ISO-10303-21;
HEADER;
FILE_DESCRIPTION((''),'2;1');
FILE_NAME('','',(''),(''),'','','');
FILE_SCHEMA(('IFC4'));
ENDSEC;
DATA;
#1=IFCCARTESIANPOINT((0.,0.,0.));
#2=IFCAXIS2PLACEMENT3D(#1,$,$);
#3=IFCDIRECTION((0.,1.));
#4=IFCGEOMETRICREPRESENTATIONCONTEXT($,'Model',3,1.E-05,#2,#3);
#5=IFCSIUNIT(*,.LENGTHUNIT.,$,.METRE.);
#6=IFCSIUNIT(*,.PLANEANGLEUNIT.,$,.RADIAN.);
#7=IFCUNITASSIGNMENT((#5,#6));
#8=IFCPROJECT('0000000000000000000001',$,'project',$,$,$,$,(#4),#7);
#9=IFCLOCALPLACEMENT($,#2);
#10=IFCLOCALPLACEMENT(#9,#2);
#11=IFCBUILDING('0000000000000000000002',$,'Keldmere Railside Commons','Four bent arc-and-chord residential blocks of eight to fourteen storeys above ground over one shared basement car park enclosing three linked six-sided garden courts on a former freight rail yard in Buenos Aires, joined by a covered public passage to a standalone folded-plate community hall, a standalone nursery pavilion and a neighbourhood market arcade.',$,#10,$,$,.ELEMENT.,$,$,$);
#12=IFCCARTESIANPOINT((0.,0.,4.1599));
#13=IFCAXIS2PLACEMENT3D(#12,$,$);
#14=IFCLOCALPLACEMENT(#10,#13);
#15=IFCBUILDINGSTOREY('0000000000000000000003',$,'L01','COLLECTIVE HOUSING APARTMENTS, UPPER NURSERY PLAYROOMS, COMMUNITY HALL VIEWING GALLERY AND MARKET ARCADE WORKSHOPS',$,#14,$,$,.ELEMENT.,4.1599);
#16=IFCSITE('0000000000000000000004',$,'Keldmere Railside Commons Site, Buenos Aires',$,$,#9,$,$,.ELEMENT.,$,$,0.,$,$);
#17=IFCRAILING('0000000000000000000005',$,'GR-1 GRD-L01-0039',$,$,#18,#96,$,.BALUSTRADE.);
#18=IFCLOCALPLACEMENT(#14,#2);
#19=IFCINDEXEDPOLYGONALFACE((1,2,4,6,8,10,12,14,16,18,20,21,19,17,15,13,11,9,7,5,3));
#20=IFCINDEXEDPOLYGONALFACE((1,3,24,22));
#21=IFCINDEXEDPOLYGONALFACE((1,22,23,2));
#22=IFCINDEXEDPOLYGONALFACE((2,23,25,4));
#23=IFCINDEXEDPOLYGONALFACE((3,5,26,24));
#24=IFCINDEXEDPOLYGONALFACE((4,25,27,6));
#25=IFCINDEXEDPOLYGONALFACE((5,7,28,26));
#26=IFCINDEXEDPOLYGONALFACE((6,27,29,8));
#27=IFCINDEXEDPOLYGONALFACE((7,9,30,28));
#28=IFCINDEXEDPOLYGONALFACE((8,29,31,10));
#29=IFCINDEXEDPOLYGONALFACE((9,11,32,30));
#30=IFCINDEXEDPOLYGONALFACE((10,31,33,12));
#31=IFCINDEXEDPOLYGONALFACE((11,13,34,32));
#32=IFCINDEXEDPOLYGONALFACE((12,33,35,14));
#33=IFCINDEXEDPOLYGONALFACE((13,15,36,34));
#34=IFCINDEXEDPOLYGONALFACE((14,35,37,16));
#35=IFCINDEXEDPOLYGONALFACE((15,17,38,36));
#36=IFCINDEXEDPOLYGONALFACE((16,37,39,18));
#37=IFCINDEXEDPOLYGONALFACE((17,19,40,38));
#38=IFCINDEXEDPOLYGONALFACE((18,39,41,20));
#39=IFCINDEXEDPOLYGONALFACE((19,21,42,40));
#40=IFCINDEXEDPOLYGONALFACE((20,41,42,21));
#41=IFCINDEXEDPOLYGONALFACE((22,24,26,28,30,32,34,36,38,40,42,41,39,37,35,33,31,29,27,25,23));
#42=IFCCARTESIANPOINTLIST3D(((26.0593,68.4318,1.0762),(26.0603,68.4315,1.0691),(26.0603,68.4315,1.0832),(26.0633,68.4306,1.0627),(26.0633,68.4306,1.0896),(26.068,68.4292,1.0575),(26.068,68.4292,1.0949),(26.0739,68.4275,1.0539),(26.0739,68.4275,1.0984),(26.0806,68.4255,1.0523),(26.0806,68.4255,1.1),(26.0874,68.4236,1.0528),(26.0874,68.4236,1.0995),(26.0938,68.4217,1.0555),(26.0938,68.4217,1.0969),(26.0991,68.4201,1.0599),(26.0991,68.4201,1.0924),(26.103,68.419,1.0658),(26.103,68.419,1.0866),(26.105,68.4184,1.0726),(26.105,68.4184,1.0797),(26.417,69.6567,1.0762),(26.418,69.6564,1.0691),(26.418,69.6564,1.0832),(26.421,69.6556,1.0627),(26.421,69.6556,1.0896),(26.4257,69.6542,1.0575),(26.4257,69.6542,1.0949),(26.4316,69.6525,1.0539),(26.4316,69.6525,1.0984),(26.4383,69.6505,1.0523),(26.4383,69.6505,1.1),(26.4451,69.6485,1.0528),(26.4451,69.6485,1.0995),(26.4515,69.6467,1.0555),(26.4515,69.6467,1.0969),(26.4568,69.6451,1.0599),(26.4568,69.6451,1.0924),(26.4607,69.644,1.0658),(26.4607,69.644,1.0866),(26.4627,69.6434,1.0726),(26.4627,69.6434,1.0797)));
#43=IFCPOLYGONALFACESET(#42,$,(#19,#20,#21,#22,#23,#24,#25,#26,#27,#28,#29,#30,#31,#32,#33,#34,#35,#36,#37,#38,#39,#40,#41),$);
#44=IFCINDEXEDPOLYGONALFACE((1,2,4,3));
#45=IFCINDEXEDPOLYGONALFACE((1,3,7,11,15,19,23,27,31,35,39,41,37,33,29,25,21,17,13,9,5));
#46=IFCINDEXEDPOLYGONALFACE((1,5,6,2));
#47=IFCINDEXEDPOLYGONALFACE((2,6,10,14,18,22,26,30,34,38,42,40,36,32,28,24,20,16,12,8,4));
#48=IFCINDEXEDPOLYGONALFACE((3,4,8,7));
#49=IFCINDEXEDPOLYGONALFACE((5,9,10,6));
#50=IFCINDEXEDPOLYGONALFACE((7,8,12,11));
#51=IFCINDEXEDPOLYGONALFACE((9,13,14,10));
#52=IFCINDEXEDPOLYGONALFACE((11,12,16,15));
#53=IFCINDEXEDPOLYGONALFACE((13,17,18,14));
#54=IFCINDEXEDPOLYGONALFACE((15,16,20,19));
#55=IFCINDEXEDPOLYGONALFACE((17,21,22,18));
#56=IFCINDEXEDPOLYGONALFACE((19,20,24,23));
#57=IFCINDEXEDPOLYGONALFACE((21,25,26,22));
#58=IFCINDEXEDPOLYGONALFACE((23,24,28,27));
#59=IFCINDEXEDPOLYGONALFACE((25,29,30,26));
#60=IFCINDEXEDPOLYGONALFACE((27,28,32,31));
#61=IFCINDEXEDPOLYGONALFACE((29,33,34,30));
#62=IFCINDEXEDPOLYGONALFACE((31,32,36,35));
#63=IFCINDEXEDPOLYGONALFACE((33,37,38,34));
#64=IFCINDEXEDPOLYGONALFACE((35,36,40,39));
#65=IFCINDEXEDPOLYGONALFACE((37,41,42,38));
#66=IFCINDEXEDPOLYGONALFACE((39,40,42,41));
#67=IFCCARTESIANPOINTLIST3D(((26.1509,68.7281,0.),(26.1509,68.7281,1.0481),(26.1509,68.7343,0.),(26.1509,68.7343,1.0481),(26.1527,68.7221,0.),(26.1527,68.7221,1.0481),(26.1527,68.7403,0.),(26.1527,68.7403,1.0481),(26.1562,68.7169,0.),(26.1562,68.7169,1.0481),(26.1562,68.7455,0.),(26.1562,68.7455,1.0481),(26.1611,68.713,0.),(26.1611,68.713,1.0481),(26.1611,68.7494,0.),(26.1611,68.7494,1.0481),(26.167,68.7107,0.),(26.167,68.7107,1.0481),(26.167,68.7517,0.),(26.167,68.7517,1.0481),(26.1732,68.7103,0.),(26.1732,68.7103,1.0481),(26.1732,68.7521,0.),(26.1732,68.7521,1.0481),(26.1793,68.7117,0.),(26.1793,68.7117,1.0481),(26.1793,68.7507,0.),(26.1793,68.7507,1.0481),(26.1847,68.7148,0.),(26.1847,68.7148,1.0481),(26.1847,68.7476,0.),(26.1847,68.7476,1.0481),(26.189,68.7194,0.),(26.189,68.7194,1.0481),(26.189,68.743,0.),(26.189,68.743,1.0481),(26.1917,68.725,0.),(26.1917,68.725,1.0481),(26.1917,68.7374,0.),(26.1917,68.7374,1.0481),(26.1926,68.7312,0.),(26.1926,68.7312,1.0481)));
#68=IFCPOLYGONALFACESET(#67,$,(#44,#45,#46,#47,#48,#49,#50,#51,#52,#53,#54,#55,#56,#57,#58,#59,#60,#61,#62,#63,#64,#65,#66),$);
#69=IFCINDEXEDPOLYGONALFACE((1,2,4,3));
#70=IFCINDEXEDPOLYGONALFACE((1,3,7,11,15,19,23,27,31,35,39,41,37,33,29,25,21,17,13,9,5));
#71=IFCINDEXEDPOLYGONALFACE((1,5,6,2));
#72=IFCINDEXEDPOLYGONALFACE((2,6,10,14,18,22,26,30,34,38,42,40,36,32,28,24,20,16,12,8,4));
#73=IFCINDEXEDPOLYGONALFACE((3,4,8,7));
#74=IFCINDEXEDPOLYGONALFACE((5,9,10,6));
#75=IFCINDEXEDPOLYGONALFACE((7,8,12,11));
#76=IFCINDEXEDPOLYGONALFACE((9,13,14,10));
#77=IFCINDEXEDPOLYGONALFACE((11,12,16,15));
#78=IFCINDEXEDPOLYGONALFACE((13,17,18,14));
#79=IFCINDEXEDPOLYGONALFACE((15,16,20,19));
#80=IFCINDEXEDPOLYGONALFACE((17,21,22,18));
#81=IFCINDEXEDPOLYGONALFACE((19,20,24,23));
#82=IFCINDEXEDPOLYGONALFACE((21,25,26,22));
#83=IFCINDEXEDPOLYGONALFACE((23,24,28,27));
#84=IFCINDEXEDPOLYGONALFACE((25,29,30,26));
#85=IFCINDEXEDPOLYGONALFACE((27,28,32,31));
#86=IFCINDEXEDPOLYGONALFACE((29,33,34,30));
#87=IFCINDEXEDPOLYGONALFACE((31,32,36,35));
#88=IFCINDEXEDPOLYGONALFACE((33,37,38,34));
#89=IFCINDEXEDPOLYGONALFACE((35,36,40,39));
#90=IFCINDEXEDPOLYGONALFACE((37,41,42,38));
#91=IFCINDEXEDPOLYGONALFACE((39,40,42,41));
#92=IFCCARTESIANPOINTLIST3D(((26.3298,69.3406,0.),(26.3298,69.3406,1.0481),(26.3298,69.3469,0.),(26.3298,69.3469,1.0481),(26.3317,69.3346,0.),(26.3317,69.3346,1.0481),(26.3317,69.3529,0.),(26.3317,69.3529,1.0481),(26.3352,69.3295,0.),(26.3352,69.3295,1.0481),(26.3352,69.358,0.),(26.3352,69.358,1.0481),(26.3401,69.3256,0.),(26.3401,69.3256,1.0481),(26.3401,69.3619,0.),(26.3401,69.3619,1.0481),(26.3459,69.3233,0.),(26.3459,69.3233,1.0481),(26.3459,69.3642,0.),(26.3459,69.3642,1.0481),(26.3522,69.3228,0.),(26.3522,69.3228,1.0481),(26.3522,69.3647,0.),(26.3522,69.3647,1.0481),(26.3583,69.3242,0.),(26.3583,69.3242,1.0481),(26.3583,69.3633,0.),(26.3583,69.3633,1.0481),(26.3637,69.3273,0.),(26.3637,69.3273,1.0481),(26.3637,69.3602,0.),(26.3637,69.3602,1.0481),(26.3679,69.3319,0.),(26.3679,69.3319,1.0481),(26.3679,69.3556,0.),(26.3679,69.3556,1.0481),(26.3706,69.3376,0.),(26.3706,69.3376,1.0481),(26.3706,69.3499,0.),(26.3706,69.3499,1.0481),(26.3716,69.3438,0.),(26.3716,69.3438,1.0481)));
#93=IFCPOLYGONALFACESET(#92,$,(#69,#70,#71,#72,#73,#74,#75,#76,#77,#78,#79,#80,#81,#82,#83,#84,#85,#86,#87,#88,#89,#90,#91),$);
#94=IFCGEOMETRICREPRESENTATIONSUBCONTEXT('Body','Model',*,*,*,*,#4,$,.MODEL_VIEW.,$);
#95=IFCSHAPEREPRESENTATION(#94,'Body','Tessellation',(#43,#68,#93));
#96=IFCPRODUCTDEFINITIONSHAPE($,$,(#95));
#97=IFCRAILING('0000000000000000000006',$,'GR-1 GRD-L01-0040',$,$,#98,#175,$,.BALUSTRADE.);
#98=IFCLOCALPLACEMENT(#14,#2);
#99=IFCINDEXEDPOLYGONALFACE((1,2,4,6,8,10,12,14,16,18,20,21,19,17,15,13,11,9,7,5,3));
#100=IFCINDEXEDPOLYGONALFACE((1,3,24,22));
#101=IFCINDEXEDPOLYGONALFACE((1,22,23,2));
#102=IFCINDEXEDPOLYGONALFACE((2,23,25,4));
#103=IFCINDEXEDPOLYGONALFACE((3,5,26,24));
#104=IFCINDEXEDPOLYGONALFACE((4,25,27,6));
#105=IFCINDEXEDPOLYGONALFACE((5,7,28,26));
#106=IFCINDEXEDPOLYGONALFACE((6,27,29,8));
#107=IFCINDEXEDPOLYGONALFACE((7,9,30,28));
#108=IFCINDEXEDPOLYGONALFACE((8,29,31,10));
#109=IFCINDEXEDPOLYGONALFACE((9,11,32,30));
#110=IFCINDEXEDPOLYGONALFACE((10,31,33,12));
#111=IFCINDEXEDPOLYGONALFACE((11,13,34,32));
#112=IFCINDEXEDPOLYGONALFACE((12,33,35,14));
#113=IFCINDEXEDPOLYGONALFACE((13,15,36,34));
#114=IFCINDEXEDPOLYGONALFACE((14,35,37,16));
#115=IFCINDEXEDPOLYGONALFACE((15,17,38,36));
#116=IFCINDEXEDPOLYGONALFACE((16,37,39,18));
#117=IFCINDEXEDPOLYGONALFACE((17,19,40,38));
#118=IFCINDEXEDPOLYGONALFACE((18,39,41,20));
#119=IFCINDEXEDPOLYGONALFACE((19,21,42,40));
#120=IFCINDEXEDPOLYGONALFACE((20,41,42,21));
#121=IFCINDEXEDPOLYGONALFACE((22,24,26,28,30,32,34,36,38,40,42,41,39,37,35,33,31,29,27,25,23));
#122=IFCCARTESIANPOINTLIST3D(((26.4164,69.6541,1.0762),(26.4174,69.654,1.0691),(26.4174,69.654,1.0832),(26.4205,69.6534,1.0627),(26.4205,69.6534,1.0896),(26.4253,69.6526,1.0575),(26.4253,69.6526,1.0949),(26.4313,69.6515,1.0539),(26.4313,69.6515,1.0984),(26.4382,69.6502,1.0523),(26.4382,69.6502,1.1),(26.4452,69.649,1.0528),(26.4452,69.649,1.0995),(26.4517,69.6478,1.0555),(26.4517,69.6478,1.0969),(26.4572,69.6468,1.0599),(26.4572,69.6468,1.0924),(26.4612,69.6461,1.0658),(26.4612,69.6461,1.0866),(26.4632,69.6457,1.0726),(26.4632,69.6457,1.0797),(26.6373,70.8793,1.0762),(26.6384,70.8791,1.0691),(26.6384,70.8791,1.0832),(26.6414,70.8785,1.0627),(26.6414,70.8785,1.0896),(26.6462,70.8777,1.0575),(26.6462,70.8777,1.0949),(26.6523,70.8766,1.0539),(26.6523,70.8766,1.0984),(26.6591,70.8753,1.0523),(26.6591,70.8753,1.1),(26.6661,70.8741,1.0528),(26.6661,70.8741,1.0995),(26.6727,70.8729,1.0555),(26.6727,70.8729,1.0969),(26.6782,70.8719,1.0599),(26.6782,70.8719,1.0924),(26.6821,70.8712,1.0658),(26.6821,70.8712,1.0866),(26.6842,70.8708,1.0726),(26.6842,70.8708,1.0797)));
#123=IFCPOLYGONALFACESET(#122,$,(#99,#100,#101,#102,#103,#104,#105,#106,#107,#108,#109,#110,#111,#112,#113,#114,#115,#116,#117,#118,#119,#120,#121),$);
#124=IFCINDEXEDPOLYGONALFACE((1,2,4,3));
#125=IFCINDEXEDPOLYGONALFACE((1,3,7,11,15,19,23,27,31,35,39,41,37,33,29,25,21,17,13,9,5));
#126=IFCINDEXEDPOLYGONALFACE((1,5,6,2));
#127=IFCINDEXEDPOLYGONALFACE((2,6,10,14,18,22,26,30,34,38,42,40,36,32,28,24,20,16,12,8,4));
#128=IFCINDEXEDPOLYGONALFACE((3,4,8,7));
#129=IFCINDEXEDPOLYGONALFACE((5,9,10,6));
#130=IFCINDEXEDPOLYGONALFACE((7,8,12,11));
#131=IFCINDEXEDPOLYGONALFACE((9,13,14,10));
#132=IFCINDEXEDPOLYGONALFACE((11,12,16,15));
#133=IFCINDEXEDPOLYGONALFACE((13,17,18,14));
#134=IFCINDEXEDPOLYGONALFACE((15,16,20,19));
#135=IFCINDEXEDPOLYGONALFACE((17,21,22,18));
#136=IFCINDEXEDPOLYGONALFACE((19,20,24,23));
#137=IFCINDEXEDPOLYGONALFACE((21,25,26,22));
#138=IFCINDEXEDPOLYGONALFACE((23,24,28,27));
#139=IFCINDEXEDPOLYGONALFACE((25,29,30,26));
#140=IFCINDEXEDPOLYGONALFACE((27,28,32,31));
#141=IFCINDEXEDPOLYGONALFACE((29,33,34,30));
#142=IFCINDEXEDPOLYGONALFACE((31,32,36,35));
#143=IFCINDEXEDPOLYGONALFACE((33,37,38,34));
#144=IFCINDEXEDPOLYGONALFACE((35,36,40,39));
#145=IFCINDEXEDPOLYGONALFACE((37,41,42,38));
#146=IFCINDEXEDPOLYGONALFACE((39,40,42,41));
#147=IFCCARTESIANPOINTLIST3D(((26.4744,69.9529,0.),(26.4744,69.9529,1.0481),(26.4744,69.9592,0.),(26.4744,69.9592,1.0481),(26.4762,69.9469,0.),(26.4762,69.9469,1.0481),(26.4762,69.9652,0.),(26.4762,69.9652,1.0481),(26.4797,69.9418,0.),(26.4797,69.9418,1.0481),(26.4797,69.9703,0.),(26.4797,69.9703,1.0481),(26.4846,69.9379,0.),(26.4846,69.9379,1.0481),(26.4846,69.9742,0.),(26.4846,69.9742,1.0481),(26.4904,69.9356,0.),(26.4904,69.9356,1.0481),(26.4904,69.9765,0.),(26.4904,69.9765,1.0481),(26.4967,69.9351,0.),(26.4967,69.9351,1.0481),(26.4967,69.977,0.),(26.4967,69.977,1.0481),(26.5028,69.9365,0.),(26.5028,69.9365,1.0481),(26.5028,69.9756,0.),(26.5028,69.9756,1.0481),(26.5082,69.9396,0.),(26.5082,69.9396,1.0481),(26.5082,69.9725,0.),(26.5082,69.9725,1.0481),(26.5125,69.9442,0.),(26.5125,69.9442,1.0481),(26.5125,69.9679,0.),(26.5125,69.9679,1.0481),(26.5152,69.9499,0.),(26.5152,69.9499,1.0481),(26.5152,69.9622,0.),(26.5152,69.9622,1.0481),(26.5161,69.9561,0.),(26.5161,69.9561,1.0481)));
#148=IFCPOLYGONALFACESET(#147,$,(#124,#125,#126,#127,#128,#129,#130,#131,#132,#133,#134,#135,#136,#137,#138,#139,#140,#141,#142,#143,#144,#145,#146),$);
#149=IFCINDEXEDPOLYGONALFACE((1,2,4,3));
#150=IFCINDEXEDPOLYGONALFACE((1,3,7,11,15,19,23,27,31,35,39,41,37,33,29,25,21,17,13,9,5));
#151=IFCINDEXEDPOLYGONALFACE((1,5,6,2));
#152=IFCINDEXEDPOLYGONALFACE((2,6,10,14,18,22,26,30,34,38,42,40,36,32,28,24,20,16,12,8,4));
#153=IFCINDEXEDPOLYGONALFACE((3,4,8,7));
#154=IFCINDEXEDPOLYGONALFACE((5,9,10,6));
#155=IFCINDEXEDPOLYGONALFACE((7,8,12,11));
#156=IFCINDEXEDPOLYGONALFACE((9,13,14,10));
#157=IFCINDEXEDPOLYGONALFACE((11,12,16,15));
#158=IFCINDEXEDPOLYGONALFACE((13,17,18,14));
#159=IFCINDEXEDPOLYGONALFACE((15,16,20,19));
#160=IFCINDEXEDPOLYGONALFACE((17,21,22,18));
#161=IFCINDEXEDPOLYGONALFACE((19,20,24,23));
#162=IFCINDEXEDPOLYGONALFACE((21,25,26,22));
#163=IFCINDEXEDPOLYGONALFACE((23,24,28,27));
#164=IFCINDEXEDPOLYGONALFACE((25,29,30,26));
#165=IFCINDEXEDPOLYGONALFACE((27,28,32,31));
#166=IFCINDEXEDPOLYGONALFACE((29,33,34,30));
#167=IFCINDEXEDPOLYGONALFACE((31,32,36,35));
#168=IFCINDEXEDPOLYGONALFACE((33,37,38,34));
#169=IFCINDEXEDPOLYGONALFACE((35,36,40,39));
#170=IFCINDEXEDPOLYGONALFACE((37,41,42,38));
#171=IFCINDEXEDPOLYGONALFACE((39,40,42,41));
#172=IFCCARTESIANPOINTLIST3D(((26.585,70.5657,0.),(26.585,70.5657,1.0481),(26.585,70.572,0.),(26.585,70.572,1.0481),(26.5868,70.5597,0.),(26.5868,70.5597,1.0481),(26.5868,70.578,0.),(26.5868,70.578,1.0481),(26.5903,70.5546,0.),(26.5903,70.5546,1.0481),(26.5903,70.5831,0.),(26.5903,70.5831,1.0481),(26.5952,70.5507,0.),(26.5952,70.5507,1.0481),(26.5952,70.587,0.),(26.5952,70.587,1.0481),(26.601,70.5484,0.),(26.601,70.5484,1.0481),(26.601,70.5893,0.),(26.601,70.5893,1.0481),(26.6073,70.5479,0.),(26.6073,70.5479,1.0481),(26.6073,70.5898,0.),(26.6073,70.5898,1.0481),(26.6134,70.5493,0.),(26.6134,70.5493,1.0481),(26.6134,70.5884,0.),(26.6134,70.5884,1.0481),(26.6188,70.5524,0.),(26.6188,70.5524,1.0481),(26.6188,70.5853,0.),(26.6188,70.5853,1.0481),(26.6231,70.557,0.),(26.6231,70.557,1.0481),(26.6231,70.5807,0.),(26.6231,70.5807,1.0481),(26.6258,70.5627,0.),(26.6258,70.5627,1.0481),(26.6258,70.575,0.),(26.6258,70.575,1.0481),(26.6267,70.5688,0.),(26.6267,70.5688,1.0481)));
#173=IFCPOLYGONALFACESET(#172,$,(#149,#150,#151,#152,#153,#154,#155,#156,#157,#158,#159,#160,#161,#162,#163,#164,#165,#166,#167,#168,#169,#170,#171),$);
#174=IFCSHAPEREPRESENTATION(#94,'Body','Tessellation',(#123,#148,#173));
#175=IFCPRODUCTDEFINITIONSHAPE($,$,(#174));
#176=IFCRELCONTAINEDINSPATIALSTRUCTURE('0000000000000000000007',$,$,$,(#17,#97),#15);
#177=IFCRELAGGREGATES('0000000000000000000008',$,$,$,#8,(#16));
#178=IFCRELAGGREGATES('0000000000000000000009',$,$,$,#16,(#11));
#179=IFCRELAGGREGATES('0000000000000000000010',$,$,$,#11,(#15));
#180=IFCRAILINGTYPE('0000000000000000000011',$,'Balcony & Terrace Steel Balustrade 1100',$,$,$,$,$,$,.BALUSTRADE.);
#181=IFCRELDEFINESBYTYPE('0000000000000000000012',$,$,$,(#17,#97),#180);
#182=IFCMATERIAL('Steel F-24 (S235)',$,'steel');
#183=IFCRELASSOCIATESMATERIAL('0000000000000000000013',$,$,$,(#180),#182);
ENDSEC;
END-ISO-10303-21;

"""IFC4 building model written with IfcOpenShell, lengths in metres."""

from ifc_helpers import new_model, si_unit, direction, frame, origin, origin_2d, place, context, subcontext, project, spatial, circle, extrude, material, type_object, element, save


model = new_model("IFC4")

# Units and contexts
model_context = context("Model", 3, precision=1e-05, world=origin(), true_north=direction((0.0, 1.0)))
body_context = subcontext(model_context, "Body", "Model", "MODEL_VIEW")
ifc_project = project(units=[si_unit("LENGTHUNIT", "METRE"), si_unit("PLANEANGLEUNIT", "RADIAN")], contexts=[model_context])

# Site, building, storey
site_placement = place(None, origin())
site = spatial("IfcSite", under=ifc_project, at=site_placement, Name="Keldmere Railside Commons Site, Buenos Aires", CompositionType="ELEMENT", RefElevation=0.0)
building_placement = place(site_placement, origin())
building = spatial("IfcBuilding", under=site, at=building_placement, Name="Keldmere Railside Commons", Description="Four bent arc-and-chord residential blocks of eight to fourteen storeys above ground over one shared basement car park enclosing three linked six-sided garden courts on a former freight rail yard in Buenos Aires, joined by a covered public passage to a standalone folded-plate community hall, a standalone nursery pavilion and a neighbourhood market arcade.", CompositionType="ELEMENT")
storey_placement = place(building_placement, frame((0.0, 0.0, 4.1599)))
storey = spatial("IfcBuildingStorey", under=building, at=storey_placement, Name="L01", Description="COLLECTIVE HOUSING APARTMENTS, UPPER NURSERY PLAYROOMS, COMMUNITY HALL VIEWING GALLERY AND MARKET ARCADE WORKSHOPS", CompositionType="ELEMENT", Elevation=4.1599)

# Railings
ifc_material_1 = material(Name="Steel F-24 (S235)", Category="steel")
railing_type = type_object("IfcRailingType", Name="Balcony & Terrace Steel Balustrade 1100", PredefinedType="BALUSTRADE", material=ifc_material_1)
railing_1_placement = place(storey_placement, frame((26.0823, 68.425, 0.0)))
element("IfcRailing", 1, at=railing_1_placement, inside=storey, type_object=railing_type, Name="GR-1 GRD-L01-0039", PredefinedType="BALUSTRADE", context=body_context, shape_type="SweptSolid", body=[
    extrude(circle(Radius=0.0239, at=origin_2d()), frame((0.0, 0.0, 1.0762), z_axis=(0.280301, 0.959912, 0.0), x_axis=(-0.959912, 0.280301, 0.0)), (0.0, 0.0, 1.0), 1.2761),
    extrude(circle(Radius=0.021, at=origin_2d()), frame((0.0894, 0.3062, 0.0)), (0.0, 0.0, 1.0), 1.0481),
    extrude(circle(Radius=0.021, at=origin_2d()), frame((0.2683, 0.9187, 0.0)), (0.0, 0.0, 1.0), 1.0481),
])
railing_2_placement = place(storey_placement, frame((26.4399, 69.6499, 0.0)))
element("IfcRailing", 2, at=railing_2_placement, inside=storey, type_object=railing_type, Name="GR-1 GRD-L01-0040", PredefinedType="BALUSTRADE", context=body_context, shape_type="SweptSolid", body=[
    extrude(circle(Radius=0.0239, at=origin_2d()), frame((0.0, 0.0, 1.0762), z_axis=(0.177487, 0.984123, 0.0), x_axis=(-0.984123, 0.177487, 0.0)), (0.0, 0.0, 1.0), 1.2449),
    extrude(circle(Radius=0.021, at=origin_2d()), frame((0.0552, 0.3062, 0.0)), (0.0, 0.0, 1.0), 1.0481),
    extrude(circle(Radius=0.021, at=origin_2d()), frame((0.1658, 0.9189, 0.0)), (0.0, 0.0, 1.0), 1.0481),
])

save(model, "model.ifc")
